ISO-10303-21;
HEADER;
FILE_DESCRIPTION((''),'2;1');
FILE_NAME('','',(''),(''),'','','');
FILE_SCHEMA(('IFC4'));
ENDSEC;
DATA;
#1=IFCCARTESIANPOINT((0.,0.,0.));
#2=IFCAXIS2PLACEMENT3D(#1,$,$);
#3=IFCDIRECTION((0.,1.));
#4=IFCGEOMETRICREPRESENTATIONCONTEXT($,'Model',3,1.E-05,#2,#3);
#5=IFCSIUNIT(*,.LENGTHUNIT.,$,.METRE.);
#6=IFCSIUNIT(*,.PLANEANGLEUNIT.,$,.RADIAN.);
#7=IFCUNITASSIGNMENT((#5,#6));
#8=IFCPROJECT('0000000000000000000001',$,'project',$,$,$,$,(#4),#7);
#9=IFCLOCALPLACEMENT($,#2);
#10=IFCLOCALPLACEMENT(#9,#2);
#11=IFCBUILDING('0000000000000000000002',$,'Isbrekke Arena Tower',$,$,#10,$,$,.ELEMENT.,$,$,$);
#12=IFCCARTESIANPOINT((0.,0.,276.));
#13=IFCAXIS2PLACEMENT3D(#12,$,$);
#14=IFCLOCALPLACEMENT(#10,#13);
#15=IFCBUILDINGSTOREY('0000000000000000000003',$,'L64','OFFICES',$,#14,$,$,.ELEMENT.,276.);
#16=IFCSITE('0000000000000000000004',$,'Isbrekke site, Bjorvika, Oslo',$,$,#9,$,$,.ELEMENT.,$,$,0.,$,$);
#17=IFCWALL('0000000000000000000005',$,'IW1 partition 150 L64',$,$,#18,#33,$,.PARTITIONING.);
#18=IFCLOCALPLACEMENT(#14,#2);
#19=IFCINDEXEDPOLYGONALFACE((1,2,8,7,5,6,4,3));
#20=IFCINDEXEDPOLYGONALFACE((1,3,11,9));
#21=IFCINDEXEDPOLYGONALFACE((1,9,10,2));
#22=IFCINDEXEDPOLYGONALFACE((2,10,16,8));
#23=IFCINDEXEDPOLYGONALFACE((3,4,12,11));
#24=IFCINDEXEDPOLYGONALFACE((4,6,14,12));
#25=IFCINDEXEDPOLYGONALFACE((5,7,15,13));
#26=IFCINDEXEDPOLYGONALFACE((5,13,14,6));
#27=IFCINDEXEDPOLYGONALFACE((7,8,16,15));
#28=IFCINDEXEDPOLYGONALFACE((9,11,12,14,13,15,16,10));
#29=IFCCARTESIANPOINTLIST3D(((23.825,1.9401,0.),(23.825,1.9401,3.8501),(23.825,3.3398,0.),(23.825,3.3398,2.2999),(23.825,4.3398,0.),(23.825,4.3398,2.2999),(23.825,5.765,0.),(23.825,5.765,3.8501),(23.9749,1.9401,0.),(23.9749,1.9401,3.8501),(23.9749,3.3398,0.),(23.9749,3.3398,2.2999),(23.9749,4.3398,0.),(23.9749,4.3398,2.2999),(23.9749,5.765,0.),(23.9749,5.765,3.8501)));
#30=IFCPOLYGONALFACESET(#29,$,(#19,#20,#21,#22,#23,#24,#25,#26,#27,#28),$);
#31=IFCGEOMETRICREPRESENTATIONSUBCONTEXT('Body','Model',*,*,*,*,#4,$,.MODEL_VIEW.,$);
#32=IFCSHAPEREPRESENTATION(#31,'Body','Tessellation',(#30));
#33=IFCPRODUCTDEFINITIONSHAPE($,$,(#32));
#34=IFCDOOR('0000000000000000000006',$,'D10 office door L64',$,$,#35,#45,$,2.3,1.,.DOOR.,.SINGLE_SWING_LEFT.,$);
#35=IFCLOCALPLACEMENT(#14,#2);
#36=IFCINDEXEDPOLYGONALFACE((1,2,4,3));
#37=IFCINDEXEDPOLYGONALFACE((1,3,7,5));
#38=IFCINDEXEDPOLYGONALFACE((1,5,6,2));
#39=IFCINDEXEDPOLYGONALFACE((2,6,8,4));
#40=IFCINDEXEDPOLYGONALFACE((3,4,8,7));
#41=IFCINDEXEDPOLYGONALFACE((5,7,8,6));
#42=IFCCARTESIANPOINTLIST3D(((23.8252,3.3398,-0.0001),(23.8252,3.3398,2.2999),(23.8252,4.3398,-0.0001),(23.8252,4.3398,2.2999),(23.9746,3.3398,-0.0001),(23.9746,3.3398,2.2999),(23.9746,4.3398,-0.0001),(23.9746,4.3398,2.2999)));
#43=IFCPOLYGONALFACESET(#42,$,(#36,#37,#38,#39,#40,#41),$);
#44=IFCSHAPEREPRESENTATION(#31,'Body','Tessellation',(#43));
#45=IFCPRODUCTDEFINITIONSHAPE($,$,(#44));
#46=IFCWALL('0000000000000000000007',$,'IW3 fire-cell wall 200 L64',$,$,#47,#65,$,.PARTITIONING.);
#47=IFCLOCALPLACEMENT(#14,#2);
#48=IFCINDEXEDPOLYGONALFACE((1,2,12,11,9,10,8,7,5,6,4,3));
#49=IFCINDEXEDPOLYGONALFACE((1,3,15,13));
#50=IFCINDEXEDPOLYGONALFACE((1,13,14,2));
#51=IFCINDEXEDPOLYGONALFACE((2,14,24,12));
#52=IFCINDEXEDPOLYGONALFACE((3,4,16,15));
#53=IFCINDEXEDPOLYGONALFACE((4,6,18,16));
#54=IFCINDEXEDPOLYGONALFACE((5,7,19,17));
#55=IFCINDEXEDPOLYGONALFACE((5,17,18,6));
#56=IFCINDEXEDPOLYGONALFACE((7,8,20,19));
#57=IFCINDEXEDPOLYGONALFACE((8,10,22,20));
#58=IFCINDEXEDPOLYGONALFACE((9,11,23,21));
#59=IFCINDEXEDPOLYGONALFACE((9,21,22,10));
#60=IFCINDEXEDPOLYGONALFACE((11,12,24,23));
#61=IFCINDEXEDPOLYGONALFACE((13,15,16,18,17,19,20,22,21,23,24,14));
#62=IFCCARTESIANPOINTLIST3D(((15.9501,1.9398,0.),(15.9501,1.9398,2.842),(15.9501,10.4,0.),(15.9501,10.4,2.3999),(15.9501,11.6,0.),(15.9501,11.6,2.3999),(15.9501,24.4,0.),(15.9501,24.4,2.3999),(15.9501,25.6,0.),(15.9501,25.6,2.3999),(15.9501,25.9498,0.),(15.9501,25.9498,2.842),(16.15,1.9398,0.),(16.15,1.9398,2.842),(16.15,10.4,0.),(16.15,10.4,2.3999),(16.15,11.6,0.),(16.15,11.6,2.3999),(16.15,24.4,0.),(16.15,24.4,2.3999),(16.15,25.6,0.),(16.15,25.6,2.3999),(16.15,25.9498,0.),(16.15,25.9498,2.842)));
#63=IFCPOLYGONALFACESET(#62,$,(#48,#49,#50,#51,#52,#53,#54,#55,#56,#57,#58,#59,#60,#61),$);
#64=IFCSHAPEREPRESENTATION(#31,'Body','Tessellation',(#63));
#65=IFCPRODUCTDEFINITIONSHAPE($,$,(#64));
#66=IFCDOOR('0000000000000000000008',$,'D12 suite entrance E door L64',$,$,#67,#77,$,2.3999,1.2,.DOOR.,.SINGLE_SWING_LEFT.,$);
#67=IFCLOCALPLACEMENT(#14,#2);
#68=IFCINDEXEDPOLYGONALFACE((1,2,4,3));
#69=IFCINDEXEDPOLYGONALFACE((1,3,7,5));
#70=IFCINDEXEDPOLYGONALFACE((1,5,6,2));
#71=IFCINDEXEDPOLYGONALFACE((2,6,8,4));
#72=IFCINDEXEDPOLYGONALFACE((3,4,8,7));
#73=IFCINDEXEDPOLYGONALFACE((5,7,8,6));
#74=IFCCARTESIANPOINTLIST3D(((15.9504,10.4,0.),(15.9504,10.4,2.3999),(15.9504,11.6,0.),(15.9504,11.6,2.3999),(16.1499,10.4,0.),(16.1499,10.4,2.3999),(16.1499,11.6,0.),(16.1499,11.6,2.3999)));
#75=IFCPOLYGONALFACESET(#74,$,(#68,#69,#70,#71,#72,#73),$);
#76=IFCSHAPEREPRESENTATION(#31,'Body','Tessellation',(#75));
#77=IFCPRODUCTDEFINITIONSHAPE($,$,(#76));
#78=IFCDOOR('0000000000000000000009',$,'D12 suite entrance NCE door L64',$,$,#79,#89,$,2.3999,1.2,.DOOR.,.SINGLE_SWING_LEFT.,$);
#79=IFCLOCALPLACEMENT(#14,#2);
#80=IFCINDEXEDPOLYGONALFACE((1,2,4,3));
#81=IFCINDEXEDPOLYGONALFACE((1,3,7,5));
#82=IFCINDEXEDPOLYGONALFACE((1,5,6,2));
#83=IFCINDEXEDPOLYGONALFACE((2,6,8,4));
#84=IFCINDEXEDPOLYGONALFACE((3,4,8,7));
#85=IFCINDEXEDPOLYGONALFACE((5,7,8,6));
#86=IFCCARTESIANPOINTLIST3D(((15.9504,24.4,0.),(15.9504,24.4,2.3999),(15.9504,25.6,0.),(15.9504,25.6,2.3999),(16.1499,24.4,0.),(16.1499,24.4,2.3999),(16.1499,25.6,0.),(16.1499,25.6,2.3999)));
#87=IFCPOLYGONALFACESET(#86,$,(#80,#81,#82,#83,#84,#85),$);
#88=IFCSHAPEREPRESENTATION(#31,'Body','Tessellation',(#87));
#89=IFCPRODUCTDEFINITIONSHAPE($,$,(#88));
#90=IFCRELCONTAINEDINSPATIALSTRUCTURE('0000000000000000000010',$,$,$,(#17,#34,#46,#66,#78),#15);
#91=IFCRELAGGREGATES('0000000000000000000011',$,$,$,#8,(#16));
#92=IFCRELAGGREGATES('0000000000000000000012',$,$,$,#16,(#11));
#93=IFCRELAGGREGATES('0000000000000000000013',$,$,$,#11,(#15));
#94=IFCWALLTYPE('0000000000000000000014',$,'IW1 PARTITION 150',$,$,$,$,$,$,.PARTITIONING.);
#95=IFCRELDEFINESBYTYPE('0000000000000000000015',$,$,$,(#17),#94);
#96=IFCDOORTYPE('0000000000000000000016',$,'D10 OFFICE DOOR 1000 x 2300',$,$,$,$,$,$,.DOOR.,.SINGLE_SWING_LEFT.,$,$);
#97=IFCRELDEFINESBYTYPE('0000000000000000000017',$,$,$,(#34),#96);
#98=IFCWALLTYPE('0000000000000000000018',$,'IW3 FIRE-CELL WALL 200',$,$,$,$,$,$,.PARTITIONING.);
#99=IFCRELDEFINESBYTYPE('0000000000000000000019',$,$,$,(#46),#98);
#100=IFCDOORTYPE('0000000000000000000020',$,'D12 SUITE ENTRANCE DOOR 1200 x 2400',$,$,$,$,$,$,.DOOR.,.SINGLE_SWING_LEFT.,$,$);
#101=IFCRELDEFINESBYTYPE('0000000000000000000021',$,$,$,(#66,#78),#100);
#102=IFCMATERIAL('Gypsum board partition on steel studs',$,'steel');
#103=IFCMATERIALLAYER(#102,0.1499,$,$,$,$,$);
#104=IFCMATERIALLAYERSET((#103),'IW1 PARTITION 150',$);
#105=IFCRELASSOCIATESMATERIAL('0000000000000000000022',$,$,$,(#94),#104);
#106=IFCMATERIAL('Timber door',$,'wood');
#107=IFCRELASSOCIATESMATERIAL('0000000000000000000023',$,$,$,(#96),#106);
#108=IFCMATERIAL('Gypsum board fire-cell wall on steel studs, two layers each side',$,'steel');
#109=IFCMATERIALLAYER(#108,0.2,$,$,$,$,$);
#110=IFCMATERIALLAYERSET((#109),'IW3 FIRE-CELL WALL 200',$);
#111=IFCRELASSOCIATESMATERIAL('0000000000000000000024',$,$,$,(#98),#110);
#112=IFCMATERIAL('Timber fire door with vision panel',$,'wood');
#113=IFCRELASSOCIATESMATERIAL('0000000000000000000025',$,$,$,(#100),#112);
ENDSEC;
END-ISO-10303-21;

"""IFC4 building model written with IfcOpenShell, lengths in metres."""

from ifc_helpers import new_model, si_unit, direction, frame, frame_2d, origin, place, context, subcontext, project, spatial, rectangle, extrude, material, layer, layer_set, type_object, element, fill, save


model = new_model("IFC4")

# Units and contexts
model_context = context("Model", 3, precision=1e-05, world=origin(), true_north=direction((0.0, 1.0)))
body_context = subcontext(model_context, "Body", "Model", "MODEL_VIEW")
ifc_project = project(units=[si_unit("LENGTHUNIT", "METRE"), si_unit("PLANEANGLEUNIT", "RADIAN")], contexts=[model_context])

# Site, building, storey
site_placement = place(None, origin())
site = spatial("IfcSite", under=ifc_project, at=site_placement, Name="Isbrekke site, Bjorvika, Oslo", CompositionType="ELEMENT", RefElevation=0.0)
building_placement = place(site_placement, origin())
building = spatial("IfcBuilding", under=site, at=building_placement, Name="Isbrekke Arena Tower", CompositionType="ELEMENT")
storey_placement = place(building_placement, frame((0.0, 0.0, 276.0)))
storey = spatial("IfcBuildingStorey", under=building, at=storey_placement, Name="L64", Description="OFFICES", CompositionType="ELEMENT", Elevation=276.0)

# Shared definitions
ifc_material_1 = material(Name="Gypsum board partition on steel studs", Category="steel")
ifc_layer_1 = layer(ifc_material_1, 0.1499)
ifc_layer_set_1 = layer_set([ifc_layer_1], Name="IW1 PARTITION 150")
wall_type_1 = type_object("IfcWallType", Name="IW1 PARTITION 150", PredefinedType="PARTITIONING", material=ifc_layer_set_1)

# Wall, opening, door
ifc_material_2 = material(Name="Timber door", Category="wood")
door_type_1 = type_object("IfcDoorType", Name="D10 OFFICE DOOR 1000 x 2300", OperationType="SINGLE_SWING_LEFT", PredefinedType="DOOR", material=ifc_material_2)
wall_1_placement = place(storey_placement, frame((23.8999, 1.9399, 0.0), z_axis=(0.0, 0.0, 1.0), x_axis=(0.0, 1.0, 0.0)))
wall_1 = element("IfcWall", 1, at=wall_1_placement, inside=storey, type_object=wall_type_1, Name="IW1 partition 150 L64", PredefinedType="PARTITIONING", context=body_context, shape_type="SweptSolid", body=[
    extrude(rectangle(XDim=3.825, YDim=0.1499, at=frame_2d((1.9126, 0.0))), origin(), (0.0, 0.0, 1.0), 3.8501),
])
opening_1_placement = place(wall_1_placement, frame((1.3999, 0.0, 0.0)))
opening_1 = element("IfcOpeningElement", 2, at=opening_1_placement, cuts=wall_1, PredefinedType="OPENING", context=body_context, shape_type="SweptSolid", body=[
    extrude(rectangle(XDim=1.0, YDim=2.3, at=frame_2d((0.5, 1.1499))), frame((0.0, 0.0898, 0.0), z_axis=(0.0, -1.0, 0.0), x_axis=(1.0, 0.0, 0.0)), (0.0, 0.0, 1.0), 0.1797),
])
door_1_placement = place(opening_1_placement, origin())
door_1 = element("IfcDoor", 3, at=door_1_placement, inside=storey, type_object=door_type_1, Name="D10 office door L64", OperationType="SINGLE_SWING_LEFT", OverallHeight=2.3, OverallWidth=1.0, PredefinedType="DOOR", context=body_context, shape_type="SweptSolid", body=[
    extrude(rectangle(XDim=1.0, YDim=2.3, at=frame_2d((0.5, 1.1499))), frame((0.0, 0.0747, 0.0), z_axis=(0.0, -1.0, 0.0), x_axis=(1.0, 0.0, 0.0)), (0.0, 0.0, 1.0), 0.1494),
])
fill(opening_1, door_1)

# Wall, openings, doors
ifc_material_3 = material(Name="Gypsum board fire-cell wall on steel studs, two layers each side", Category="steel")
ifc_layer_2 = layer(ifc_material_3, 0.2)
ifc_layer_set_2 = layer_set([ifc_layer_2], Name="IW3 FIRE-CELL WALL 200")
wall_type_2 = type_object("IfcWallType", Name="IW3 FIRE-CELL WALL 200", PredefinedType="PARTITIONING", material=ifc_layer_set_2)
wall_2_placement = place(storey_placement, frame((16.05, 1.9399, 0.0), z_axis=(0.0, 0.0, 1.0), x_axis=(0.0, 1.0, 0.0)))
wall_2 = element("IfcWall", 4, at=wall_2_placement, inside=storey, type_object=wall_type_2, Name="IW3 fire-cell wall 200 L64", PredefinedType="PARTITIONING", context=body_context, shape_type="SweptSolid", body=[
    extrude(rectangle(XDim=24.01, YDim=0.2, at=frame_2d((12.0049, 0.0))), origin(), (0.0, 0.0, 1.0), 2.842),
])
opening_2_placement = place(wall_2_placement, frame((8.46, 0.0, 0.0)))
opening_2 = element("IfcOpeningElement", 5, at=opening_2_placement, cuts=wall_2, PredefinedType="OPENING", context=body_context, shape_type="SweptSolid", body=[
    extrude(rectangle(XDim=1.2, YDim=2.3999, at=frame_2d((0.6001, 1.2))), frame((0.0, 0.1147, 0.0), z_axis=(0.0, -1.0, 0.0), x_axis=(1.0, 0.0, 0.0)), (0.0, 0.0, 1.0), 0.2297),
])
opening_3_placement = place(wall_2_placement, frame((22.46, 0.0, 0.0)))
opening_3 = element("IfcOpeningElement", 6, at=opening_3_placement, cuts=wall_2, PredefinedType="OPENING", context=body_context, shape_type="SweptSolid", body=[
    extrude(rectangle(XDim=1.2, YDim=2.3999, at=frame_2d((0.6001, 1.2))), frame((0.0, 0.1147, 0.0), z_axis=(0.0, -1.0, 0.0), x_axis=(1.0, 0.0, 0.0)), (0.0, 0.0, 1.0), 0.2297),
])
ifc_material_4 = material(Name="Timber fire door with vision panel", Category="wood")
door_type_2 = type_object("IfcDoorType", Name="D12 SUITE ENTRANCE DOOR 1200 x 2400", OperationType="SINGLE_SWING_LEFT", PredefinedType="DOOR", material=ifc_material_4)
door_2_placement = place(opening_2_placement, origin())
door_2 = element("IfcDoor", 7, at=door_2_placement, inside=storey, type_object=door_type_2, Name="D12 suite entrance E door L64", OperationType="SINGLE_SWING_LEFT", OverallHeight=2.3999, OverallWidth=1.2, PredefinedType="DOOR", context=body_context, shape_type="SweptSolid", body=[
    extrude(rectangle(XDim=1.2, YDim=2.3999, at=frame_2d((0.6001, 1.2))), frame((0.0, 0.0996, 0.0), z_axis=(0.0, -1.0, 0.0), x_axis=(1.0, 0.0, 0.0)), (0.0, 0.0, 1.0), 0.1995),
])
fill(opening_2, door_2)
door_3_placement = place(opening_3_placement, origin())
door_3 = element("IfcDoor", 8, at=door_3_placement, inside=storey, type_object=door_type_2, Name="D12 suite entrance NCE door L64", OperationType="SINGLE_SWING_LEFT", OverallHeight=2.3999, OverallWidth=1.2, PredefinedType="DOOR", context=body_context, shape_type="SweptSolid", body=[
    extrude(rectangle(XDim=1.2, YDim=2.3999, at=frame_2d((0.6001, 1.2))), frame((0.0, 0.0996, 0.0), z_axis=(0.0, -1.0, 0.0), x_axis=(1.0, 0.0, 0.0)), (0.0, 0.0, 1.0), 0.1995),
])
fill(opening_3, door_3)

save(model, "model.ifc")
